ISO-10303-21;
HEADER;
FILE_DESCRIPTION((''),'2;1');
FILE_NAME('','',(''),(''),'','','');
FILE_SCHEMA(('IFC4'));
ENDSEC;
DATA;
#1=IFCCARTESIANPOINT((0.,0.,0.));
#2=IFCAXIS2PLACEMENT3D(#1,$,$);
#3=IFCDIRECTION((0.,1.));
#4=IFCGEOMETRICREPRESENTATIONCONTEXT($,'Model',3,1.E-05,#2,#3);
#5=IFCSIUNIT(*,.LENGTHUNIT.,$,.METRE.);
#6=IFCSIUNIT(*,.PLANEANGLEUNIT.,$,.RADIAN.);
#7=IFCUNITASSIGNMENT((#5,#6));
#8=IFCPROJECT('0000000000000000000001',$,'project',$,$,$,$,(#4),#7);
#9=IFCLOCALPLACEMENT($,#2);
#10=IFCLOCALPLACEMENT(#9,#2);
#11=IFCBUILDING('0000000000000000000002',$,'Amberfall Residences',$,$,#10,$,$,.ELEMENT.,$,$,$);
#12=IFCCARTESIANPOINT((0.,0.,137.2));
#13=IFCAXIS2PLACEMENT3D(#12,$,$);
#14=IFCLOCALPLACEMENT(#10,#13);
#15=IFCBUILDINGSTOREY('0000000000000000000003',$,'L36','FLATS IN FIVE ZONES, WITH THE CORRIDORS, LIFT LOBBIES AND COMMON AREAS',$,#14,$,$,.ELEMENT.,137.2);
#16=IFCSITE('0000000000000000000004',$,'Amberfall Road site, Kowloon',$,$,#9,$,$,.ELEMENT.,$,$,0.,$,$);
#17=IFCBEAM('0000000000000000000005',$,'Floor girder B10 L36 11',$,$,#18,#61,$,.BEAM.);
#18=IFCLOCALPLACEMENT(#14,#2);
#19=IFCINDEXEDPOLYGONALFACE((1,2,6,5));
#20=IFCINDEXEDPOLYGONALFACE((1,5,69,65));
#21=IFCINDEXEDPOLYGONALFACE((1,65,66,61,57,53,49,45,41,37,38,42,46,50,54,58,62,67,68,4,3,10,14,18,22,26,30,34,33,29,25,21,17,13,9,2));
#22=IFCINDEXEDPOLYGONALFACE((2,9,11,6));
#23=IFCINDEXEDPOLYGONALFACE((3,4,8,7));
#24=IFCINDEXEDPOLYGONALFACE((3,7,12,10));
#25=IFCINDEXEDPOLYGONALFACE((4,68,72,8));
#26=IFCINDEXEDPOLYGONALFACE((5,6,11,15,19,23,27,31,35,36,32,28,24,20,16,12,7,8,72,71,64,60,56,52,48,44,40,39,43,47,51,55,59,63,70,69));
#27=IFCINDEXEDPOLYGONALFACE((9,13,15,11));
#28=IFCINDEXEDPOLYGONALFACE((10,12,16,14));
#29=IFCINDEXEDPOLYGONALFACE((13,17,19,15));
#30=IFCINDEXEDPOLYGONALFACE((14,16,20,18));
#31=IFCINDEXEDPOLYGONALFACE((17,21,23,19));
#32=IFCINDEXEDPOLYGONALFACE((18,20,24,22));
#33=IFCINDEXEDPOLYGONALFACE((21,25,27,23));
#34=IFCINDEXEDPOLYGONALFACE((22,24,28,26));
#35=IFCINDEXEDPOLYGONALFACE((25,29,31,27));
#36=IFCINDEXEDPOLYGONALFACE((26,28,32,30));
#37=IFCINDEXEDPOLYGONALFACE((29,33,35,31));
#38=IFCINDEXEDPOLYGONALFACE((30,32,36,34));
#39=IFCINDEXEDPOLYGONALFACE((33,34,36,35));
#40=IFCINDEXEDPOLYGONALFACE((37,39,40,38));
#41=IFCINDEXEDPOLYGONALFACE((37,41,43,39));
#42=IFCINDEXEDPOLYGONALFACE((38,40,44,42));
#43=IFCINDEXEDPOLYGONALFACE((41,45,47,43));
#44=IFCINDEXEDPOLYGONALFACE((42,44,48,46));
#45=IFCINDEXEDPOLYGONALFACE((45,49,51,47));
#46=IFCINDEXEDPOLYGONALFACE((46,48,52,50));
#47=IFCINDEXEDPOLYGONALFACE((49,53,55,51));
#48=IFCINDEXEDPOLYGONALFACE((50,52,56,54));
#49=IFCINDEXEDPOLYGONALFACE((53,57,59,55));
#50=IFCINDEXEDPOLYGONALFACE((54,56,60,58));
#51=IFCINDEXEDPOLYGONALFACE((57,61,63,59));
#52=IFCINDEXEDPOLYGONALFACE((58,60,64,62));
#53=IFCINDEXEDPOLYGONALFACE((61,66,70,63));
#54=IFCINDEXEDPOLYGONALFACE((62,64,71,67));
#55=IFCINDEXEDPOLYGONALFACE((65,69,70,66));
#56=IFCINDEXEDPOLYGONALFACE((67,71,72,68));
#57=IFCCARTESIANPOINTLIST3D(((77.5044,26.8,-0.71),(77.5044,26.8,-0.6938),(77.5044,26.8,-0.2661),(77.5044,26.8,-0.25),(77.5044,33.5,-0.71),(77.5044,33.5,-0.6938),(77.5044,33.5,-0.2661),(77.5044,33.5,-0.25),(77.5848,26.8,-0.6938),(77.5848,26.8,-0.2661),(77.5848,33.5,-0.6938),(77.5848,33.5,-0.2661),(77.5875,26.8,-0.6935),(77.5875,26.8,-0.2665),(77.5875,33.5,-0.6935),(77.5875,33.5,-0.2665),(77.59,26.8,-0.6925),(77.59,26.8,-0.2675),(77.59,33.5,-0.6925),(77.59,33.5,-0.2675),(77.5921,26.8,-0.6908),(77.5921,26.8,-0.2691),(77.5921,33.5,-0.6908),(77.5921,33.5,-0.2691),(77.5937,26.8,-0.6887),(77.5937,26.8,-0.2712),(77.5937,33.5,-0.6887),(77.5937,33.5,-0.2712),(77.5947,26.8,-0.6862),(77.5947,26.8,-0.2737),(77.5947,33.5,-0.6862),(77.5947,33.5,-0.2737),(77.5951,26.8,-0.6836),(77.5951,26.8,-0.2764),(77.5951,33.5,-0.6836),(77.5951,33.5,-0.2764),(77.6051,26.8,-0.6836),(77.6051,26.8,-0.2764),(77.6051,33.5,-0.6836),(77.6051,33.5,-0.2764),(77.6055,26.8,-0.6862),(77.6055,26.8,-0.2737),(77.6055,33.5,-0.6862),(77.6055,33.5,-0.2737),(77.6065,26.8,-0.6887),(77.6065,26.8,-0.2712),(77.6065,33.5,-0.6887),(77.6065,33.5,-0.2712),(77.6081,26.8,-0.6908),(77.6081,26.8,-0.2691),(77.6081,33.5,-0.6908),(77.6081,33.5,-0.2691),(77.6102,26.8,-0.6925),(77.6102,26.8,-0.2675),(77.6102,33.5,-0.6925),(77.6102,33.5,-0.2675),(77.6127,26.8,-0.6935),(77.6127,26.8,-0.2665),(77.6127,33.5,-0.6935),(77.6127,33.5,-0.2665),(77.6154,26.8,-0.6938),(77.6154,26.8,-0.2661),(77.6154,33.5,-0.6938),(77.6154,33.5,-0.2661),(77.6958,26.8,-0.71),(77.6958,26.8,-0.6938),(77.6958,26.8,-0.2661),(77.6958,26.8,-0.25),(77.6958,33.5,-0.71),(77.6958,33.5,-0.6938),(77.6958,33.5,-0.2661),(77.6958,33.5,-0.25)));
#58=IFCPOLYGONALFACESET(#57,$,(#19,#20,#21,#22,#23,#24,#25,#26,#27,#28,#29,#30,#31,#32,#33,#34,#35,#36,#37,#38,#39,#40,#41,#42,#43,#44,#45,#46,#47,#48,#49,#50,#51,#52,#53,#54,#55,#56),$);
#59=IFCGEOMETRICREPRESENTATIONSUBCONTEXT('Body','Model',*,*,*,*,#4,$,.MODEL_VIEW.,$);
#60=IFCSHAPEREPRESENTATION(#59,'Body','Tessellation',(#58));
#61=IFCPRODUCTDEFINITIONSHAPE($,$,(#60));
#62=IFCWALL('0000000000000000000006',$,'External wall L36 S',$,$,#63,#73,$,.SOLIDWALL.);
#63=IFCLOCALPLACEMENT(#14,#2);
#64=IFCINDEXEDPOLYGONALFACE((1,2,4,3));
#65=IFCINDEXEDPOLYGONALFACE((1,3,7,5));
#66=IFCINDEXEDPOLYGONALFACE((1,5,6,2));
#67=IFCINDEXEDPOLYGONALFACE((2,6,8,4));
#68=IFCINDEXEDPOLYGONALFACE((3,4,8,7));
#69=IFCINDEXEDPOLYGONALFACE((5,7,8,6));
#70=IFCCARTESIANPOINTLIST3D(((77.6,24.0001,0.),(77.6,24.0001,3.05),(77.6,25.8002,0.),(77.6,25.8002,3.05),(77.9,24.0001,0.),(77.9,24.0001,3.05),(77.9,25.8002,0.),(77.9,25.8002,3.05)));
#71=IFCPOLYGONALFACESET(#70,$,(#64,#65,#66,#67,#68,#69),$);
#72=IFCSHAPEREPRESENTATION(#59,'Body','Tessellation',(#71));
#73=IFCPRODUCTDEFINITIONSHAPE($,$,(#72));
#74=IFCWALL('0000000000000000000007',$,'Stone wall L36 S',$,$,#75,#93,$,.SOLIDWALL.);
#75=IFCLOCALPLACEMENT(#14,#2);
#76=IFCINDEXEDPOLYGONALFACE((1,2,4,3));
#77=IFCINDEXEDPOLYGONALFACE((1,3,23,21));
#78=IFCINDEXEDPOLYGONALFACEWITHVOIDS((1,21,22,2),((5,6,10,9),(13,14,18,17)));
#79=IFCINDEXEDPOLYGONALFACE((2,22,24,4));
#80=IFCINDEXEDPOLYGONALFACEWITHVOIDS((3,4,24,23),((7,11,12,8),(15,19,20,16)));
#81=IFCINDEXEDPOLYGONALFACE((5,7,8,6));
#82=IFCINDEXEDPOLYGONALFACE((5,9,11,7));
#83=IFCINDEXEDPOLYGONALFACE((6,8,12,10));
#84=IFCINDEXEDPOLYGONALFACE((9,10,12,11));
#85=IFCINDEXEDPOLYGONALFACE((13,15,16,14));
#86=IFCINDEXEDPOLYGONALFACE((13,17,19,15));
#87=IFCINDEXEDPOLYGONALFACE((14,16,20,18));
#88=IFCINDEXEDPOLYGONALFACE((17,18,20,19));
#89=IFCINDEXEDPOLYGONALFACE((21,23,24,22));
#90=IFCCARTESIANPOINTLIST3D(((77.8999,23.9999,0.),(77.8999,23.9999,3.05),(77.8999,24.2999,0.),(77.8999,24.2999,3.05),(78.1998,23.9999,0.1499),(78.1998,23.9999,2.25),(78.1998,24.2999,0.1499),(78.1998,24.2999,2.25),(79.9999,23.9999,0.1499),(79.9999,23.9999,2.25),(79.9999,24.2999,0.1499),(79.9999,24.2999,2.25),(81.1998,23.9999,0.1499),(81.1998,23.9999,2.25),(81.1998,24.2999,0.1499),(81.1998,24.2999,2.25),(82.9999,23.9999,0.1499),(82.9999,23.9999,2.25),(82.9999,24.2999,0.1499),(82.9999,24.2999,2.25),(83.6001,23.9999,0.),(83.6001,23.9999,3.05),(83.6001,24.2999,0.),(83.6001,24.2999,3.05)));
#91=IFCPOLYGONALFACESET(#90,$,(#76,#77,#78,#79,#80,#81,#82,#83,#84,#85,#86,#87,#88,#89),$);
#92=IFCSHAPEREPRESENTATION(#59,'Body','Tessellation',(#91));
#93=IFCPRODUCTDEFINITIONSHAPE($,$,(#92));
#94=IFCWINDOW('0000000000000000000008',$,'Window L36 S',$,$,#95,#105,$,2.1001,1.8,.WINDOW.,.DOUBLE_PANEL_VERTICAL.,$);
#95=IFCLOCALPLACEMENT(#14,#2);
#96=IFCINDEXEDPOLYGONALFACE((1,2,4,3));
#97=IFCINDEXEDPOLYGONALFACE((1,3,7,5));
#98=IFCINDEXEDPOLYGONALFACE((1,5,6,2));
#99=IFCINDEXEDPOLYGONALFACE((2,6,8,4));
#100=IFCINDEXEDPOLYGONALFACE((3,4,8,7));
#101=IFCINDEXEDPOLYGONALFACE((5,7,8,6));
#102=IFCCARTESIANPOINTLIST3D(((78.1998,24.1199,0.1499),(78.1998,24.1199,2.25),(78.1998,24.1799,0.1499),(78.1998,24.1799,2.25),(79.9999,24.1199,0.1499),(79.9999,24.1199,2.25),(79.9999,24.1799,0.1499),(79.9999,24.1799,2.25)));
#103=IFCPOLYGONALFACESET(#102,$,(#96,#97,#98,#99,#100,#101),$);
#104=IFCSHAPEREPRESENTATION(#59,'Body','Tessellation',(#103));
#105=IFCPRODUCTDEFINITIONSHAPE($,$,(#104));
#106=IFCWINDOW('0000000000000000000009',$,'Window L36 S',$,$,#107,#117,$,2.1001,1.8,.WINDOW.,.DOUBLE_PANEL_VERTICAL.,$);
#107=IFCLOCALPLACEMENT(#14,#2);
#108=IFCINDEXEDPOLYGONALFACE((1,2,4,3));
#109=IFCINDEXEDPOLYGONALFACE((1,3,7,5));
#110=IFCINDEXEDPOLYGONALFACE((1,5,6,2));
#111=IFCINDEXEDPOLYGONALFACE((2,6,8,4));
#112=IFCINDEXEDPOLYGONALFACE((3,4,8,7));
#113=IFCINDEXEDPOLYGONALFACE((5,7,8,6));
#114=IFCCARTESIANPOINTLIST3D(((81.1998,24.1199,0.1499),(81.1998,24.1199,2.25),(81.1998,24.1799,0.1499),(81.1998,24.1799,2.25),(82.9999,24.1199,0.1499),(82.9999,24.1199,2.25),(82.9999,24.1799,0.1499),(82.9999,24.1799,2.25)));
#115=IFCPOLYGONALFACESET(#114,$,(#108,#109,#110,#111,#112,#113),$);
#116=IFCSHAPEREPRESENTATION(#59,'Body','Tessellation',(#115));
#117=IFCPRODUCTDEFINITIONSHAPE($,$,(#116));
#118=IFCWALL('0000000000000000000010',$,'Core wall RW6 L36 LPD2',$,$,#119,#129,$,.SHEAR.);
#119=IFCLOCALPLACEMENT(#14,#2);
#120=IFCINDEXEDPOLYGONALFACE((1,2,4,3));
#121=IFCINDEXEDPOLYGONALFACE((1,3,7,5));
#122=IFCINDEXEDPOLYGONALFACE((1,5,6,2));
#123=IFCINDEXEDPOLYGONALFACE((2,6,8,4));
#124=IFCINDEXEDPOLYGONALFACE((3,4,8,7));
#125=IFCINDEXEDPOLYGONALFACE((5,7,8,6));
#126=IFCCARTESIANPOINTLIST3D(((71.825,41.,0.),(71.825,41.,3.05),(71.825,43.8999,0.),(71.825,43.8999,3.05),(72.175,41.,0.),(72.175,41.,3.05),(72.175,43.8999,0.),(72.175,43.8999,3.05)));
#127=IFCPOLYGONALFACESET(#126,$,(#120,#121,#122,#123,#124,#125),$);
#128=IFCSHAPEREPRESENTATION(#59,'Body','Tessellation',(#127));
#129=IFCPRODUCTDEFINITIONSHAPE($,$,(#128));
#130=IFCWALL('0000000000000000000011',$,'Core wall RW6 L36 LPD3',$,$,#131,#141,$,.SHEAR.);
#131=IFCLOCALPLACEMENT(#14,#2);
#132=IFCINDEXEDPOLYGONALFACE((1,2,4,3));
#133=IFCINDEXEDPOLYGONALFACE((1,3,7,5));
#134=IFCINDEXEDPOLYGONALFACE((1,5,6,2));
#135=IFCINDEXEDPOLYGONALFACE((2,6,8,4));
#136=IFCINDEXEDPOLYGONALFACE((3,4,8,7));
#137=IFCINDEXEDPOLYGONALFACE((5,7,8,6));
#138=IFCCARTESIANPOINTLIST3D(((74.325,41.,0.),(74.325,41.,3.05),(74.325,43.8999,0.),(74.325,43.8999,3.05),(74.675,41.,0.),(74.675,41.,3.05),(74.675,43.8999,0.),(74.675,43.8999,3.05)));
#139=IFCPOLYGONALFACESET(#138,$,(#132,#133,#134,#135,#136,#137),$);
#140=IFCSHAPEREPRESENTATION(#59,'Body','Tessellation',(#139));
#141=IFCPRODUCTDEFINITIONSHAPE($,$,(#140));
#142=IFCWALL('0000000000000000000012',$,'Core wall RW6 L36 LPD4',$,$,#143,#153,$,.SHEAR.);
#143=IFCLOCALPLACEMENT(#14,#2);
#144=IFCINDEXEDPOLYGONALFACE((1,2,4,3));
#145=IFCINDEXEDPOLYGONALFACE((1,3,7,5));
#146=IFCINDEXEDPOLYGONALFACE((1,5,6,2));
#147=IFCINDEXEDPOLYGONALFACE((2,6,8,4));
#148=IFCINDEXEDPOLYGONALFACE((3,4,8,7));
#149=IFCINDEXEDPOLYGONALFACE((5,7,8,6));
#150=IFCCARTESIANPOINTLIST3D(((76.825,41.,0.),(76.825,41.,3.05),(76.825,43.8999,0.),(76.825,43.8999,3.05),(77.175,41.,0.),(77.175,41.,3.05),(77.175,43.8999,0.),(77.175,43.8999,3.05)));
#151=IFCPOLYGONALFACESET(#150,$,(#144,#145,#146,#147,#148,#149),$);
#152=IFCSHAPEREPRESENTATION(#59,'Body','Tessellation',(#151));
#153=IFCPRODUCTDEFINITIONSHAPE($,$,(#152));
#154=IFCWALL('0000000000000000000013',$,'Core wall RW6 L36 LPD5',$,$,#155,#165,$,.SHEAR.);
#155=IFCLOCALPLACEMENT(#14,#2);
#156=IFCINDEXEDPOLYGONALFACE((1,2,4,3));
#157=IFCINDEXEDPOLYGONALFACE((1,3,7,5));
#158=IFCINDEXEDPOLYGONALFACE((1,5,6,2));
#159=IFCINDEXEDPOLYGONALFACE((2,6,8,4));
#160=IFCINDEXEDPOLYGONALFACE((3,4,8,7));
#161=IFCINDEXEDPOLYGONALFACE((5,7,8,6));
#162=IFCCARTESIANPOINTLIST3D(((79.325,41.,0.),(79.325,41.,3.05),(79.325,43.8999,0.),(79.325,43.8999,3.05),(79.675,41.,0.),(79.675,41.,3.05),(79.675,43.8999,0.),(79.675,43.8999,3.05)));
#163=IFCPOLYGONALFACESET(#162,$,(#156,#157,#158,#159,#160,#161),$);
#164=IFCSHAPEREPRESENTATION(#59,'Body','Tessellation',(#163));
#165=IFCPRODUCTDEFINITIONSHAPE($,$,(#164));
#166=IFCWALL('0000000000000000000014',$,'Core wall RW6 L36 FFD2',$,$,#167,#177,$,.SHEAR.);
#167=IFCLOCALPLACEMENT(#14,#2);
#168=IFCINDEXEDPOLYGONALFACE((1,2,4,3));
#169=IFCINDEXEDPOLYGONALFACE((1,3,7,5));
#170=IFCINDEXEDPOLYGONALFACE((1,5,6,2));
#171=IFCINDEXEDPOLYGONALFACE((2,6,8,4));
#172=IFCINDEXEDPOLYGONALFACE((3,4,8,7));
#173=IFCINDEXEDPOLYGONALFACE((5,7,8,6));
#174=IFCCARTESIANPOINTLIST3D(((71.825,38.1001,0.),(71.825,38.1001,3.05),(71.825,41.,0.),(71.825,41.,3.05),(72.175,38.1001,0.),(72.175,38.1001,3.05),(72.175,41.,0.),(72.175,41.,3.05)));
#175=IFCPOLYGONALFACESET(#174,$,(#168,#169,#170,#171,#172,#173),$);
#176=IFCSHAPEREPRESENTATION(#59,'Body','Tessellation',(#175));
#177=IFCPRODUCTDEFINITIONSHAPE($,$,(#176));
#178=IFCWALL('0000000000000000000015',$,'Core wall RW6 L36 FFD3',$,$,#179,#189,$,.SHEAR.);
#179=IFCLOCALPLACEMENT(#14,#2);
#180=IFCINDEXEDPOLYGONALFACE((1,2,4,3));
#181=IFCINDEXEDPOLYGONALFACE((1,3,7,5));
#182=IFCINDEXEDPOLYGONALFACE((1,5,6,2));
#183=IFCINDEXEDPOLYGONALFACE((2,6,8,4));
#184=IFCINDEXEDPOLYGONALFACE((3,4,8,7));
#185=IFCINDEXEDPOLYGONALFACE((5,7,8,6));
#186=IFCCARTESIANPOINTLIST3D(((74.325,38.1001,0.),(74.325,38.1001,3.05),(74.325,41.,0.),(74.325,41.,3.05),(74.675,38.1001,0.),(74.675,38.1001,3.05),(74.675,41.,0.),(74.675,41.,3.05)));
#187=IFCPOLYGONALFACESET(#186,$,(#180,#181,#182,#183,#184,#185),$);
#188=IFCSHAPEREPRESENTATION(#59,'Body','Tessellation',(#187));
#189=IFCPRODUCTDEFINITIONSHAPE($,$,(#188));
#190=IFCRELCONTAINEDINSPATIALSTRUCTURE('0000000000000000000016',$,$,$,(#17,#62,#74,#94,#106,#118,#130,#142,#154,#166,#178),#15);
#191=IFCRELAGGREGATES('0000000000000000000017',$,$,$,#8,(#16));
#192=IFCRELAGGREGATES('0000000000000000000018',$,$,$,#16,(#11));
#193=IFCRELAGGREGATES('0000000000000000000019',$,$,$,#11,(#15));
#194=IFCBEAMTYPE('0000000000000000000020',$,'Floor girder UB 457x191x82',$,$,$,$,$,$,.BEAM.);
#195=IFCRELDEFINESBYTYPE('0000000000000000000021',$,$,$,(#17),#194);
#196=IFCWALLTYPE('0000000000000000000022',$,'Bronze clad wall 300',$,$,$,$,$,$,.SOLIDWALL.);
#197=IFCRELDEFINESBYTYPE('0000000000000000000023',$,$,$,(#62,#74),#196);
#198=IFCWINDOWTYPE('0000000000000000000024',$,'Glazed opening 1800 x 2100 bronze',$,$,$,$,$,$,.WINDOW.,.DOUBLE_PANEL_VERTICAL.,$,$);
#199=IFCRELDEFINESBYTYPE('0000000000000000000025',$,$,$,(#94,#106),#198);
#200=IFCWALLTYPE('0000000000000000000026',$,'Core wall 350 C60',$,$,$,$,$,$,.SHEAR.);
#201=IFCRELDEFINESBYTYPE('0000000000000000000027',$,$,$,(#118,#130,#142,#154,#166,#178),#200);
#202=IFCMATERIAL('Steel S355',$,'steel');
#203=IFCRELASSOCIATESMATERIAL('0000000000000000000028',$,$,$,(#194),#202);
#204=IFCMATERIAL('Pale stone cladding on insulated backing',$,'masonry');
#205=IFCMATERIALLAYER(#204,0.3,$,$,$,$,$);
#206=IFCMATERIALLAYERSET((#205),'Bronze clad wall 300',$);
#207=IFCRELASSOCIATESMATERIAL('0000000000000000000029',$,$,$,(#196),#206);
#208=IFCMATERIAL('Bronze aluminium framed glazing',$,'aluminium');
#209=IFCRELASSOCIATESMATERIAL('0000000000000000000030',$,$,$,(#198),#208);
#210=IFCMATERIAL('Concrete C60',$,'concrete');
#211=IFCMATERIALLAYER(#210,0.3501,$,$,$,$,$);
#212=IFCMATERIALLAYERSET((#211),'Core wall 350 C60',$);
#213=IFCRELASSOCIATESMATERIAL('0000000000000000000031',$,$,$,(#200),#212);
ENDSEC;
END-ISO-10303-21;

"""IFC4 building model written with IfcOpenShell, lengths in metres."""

from ifc_helpers import new_model, si_unit, direction, frame, frame_2d, origin, origin_2d, place, context, subcontext, project, spatial, rectangle, i_section, extrude, material, layer, layer_set, material_profile, profile_set, type_object, element, fill, save


model = new_model("IFC4")

# Units and contexts
model_context = context("Model", 3, precision=1e-05, world=origin(), true_north=direction((0.0, 1.0)))
body_context = subcontext(model_context, "Body", "Model", "MODEL_VIEW")
ifc_project = project(units=[si_unit("LENGTHUNIT", "METRE"), si_unit("PLANEANGLEUNIT", "RADIAN")], contexts=[model_context])

# Site, building, storey
site_placement = place(None, origin())
site = spatial("IfcSite", under=ifc_project, at=site_placement, Name="Amberfall Road site, Kowloon", CompositionType="ELEMENT", RefElevation=0.0)
building_placement = place(site_placement, origin())
building = spatial("IfcBuilding", under=site, at=building_placement, Name="Amberfall Residences", CompositionType="ELEMENT")
storey_placement = place(building_placement, frame((0.0, 0.0, 137.2)))
storey = spatial("IfcBuildingStorey", under=building, at=storey_placement, Name="L36", Description="FLATS IN FIVE ZONES, WITH THE CORRIDORS, LIFT LOBBIES AND COMMON AREAS", CompositionType="ELEMENT", Elevation=137.2)

# Shared definitions
ifc_material_1 = material(Name="Concrete C60", Category="concrete")

# Beam
ifc_material_2 = material(Name="Steel S355", Category="steel")
ifc_material_profile_1 = material_profile(ifc_material_2, i_section(OverallWidth=0.1914, OverallDepth=0.46, WebThickness=0.01, FlangeThickness=0.0161, FilletRadius=0.0103, at=origin_2d()), Name="UB 457x191x82")
ifc_profile_set_1 = profile_set([ifc_material_profile_1], Name="Steel S355")
beam_type_1 = type_object("IfcBeamType", Name="Floor girder UB 457x191x82", PredefinedType="BEAM", material=ifc_profile_set_1)
beam_1_placement = place(storey_placement, frame((77.6001, 26.8, -0.48), z_axis=(0.0, 1.0, 0.0), x_axis=(-1.0, 0.0, 0.0)))
element("IfcBeam", 1, at=beam_1_placement, inside=storey, type_object=beam_type_1, Name="Floor girder B10 L36 11", PredefinedType="BEAM", context=body_context, shape_type="SweptSolid", body=[
    extrude(i_section(OverallWidth=0.1914, OverallDepth=0.46, WebThickness=0.01, FlangeThickness=0.0161, FilletRadius=0.0103, at=origin_2d()), origin(), (0.0, 0.0, 1.0), 6.7),
])

# Wall
ifc_material_3 = material(Name="Pale stone cladding on insulated backing", Category="masonry")
ifc_layer_1 = layer(ifc_material_3, 0.3)
ifc_layer_set_1 = layer_set([ifc_layer_1], Name="Bronze clad wall 300")
wall_type_1 = type_object("IfcWallType", Name="Bronze clad wall 300", PredefinedType="SOLIDWALL", material=ifc_layer_set_1)
wall_1_placement = place(storey_placement, frame((77.75, 25.8, 0.0), z_axis=(0.0, 0.0, 1.0), x_axis=(0.0, -1.0, 0.0)))
element("IfcWall", 2, at=wall_1_placement, inside=storey, type_object=wall_type_1, Name="External wall L36 S", PredefinedType="SOLIDWALL", context=body_context, shape_type="SweptSolid", body=[
    extrude(rectangle(XDim=1.8, YDim=0.3, at=frame_2d((0.8999, 0.0))), origin(), (0.0, 0.0, 1.0), 3.05),
])

# Wall, openings, windows
wall_2_placement = place(storey_placement, frame((77.8999, 24.1499, 0.0), z_axis=(0.0, 0.0, 1.0), x_axis=(1.0, 0.0, 0.0)))
wall_2 = element("IfcWall", 3, at=wall_2_placement, inside=storey, type_object=wall_type_1, Name="Stone wall L36 S", PredefinedType="SOLIDWALL", context=body_context, shape_type="SweptSolid", body=[
    extrude(rectangle(XDim=5.7002, YDim=0.3, at=frame_2d((2.8501, 0.0))), origin(), (0.0, 0.0, 1.0), 3.05),
])
opening_1_placement = place(wall_2_placement, frame((0.3, 0.0, 0.1499)))
opening_1 = element("IfcOpeningElement", 4, at=opening_1_placement, cuts=wall_2, PredefinedType="OPENING", context=body_context, shape_type="SweptSolid", body=[
    extrude(rectangle(XDim=1.8, YDim=2.1001, at=frame_2d((0.8999, 1.05))), frame((0.0, 0.1599, 0.0), z_axis=(0.0, -1.0, 0.0), x_axis=(1.0, 0.0, 0.0)), (0.0, 0.0, 1.0), 0.3201),
])
opening_2_placement = place(wall_2_placement, frame((3.3, 0.0, 0.1499)))
opening_2 = element("IfcOpeningElement", 5, at=opening_2_placement, cuts=wall_2, PredefinedType="OPENING", context=body_context, shape_type="SweptSolid", body=[
    extrude(rectangle(XDim=1.8, YDim=2.1001, at=frame_2d((0.8999, 1.05))), frame((0.0, 0.1599, 0.0), z_axis=(0.0, -1.0, 0.0), x_axis=(1.0, 0.0, 0.0)), (0.0, 0.0, 1.0), 0.3201),
])
ifc_material_4 = material(Name="Bronze aluminium framed glazing", Category="aluminium")
window_type = type_object("IfcWindowType", Name="Glazed opening 1800 x 2100 bronze", PartitioningType="DOUBLE_PANEL_VERTICAL", PredefinedType="WINDOW", material=ifc_material_4)
window_1_placement = place(opening_1_placement, origin())
window_1 = element("IfcWindow", 6, at=window_1_placement, inside=storey, type_object=window_type, Name="Window L36 S", OverallHeight=2.1001, OverallWidth=1.8, PartitioningType="DOUBLE_PANEL_VERTICAL", PredefinedType="WINDOW", context=body_context, shape_type="SweptSolid", body=[
    extrude(rectangle(XDim=1.8, YDim=2.1001, at=frame_2d((0.8999, 1.05))), frame((0.0, 0.03, 0.0), z_axis=(0.0, -1.0, 0.0), x_axis=(1.0, 0.0, 0.0)), (0.0, 0.0, 1.0), 0.0601),
])
fill(opening_1, window_1)
window_2_placement = place(opening_2_placement, origin())
window_2 = element("IfcWindow", 7, at=window_2_placement, inside=storey, type_object=window_type, Name="Window L36 S", OverallHeight=2.1001, OverallWidth=1.8, PartitioningType="DOUBLE_PANEL_VERTICAL", PredefinedType="WINDOW", context=body_context, shape_type="SweptSolid", body=[
    extrude(rectangle(XDim=1.8, YDim=2.1001, at=frame_2d((0.8999, 1.05))), frame((0.0, 0.03, 0.0), z_axis=(0.0, -1.0, 0.0), x_axis=(1.0, 0.0, 0.0)), (0.0, 0.0, 1.0), 0.0601),
])
fill(opening_2, window_2)

# Walls
ifc_layer_2 = layer(ifc_material_1, 0.3501)
ifc_layer_set_2 = layer_set([ifc_layer_2], Name="Core wall 350 C60")
wall_type_2 = type_object("IfcWallType", Name="Core wall 350 C60", PredefinedType="SHEAR", material=ifc_layer_set_2)
for number, where, z_axis, x_axis, name in (
    (8, (72.0, 41.0, 0.0), (0.0, 0.0, 1.0), (0.0, 1.0, 0.0), "Core wall RW6 L36 LPD2"),
    (9, (74.5, 41.0, 0.0), (0.0, 0.0, 1.0), (0.0, 1.0, 0.0), "Core wall RW6 L36 LPD3"),
    (10, (77.0, 41.0, 0.0), (0.0, 0.0, 1.0), (0.0, 1.0, 0.0), "Core wall RW6 L36 LPD4"),
    (11, (79.5, 41.0, 0.0), (0.0, 0.0, 1.0), (0.0, 1.0, 0.0), "Core wall RW6 L36 LPD5"),
    (12, (72.0, 38.1001, 0.0), (0.0, 0.0, 1.0), (0.0, 1.0, 0.0), "Core wall RW6 L36 FFD2"),
    (13, (74.5, 38.1001, 0.0), (0.0, 0.0, 1.0), (0.0, 1.0, 0.0), "Core wall RW6 L36 FFD3"),
):
    element("IfcWall", number, at=place(storey_placement, frame(where, z_axis=z_axis, x_axis=x_axis)), inside=storey, type_object=wall_type_2, Name=name, PredefinedType="SHEAR", context=body_context, shape_type="SweptSolid", body=[
        extrude(rectangle(XDim=2.8999, YDim=0.3501, at=frame_2d((1.45, 0.0))), origin(), (0.0, 0.0, 1.0), 3.05),
    ])

save(model, "model.ifc")
